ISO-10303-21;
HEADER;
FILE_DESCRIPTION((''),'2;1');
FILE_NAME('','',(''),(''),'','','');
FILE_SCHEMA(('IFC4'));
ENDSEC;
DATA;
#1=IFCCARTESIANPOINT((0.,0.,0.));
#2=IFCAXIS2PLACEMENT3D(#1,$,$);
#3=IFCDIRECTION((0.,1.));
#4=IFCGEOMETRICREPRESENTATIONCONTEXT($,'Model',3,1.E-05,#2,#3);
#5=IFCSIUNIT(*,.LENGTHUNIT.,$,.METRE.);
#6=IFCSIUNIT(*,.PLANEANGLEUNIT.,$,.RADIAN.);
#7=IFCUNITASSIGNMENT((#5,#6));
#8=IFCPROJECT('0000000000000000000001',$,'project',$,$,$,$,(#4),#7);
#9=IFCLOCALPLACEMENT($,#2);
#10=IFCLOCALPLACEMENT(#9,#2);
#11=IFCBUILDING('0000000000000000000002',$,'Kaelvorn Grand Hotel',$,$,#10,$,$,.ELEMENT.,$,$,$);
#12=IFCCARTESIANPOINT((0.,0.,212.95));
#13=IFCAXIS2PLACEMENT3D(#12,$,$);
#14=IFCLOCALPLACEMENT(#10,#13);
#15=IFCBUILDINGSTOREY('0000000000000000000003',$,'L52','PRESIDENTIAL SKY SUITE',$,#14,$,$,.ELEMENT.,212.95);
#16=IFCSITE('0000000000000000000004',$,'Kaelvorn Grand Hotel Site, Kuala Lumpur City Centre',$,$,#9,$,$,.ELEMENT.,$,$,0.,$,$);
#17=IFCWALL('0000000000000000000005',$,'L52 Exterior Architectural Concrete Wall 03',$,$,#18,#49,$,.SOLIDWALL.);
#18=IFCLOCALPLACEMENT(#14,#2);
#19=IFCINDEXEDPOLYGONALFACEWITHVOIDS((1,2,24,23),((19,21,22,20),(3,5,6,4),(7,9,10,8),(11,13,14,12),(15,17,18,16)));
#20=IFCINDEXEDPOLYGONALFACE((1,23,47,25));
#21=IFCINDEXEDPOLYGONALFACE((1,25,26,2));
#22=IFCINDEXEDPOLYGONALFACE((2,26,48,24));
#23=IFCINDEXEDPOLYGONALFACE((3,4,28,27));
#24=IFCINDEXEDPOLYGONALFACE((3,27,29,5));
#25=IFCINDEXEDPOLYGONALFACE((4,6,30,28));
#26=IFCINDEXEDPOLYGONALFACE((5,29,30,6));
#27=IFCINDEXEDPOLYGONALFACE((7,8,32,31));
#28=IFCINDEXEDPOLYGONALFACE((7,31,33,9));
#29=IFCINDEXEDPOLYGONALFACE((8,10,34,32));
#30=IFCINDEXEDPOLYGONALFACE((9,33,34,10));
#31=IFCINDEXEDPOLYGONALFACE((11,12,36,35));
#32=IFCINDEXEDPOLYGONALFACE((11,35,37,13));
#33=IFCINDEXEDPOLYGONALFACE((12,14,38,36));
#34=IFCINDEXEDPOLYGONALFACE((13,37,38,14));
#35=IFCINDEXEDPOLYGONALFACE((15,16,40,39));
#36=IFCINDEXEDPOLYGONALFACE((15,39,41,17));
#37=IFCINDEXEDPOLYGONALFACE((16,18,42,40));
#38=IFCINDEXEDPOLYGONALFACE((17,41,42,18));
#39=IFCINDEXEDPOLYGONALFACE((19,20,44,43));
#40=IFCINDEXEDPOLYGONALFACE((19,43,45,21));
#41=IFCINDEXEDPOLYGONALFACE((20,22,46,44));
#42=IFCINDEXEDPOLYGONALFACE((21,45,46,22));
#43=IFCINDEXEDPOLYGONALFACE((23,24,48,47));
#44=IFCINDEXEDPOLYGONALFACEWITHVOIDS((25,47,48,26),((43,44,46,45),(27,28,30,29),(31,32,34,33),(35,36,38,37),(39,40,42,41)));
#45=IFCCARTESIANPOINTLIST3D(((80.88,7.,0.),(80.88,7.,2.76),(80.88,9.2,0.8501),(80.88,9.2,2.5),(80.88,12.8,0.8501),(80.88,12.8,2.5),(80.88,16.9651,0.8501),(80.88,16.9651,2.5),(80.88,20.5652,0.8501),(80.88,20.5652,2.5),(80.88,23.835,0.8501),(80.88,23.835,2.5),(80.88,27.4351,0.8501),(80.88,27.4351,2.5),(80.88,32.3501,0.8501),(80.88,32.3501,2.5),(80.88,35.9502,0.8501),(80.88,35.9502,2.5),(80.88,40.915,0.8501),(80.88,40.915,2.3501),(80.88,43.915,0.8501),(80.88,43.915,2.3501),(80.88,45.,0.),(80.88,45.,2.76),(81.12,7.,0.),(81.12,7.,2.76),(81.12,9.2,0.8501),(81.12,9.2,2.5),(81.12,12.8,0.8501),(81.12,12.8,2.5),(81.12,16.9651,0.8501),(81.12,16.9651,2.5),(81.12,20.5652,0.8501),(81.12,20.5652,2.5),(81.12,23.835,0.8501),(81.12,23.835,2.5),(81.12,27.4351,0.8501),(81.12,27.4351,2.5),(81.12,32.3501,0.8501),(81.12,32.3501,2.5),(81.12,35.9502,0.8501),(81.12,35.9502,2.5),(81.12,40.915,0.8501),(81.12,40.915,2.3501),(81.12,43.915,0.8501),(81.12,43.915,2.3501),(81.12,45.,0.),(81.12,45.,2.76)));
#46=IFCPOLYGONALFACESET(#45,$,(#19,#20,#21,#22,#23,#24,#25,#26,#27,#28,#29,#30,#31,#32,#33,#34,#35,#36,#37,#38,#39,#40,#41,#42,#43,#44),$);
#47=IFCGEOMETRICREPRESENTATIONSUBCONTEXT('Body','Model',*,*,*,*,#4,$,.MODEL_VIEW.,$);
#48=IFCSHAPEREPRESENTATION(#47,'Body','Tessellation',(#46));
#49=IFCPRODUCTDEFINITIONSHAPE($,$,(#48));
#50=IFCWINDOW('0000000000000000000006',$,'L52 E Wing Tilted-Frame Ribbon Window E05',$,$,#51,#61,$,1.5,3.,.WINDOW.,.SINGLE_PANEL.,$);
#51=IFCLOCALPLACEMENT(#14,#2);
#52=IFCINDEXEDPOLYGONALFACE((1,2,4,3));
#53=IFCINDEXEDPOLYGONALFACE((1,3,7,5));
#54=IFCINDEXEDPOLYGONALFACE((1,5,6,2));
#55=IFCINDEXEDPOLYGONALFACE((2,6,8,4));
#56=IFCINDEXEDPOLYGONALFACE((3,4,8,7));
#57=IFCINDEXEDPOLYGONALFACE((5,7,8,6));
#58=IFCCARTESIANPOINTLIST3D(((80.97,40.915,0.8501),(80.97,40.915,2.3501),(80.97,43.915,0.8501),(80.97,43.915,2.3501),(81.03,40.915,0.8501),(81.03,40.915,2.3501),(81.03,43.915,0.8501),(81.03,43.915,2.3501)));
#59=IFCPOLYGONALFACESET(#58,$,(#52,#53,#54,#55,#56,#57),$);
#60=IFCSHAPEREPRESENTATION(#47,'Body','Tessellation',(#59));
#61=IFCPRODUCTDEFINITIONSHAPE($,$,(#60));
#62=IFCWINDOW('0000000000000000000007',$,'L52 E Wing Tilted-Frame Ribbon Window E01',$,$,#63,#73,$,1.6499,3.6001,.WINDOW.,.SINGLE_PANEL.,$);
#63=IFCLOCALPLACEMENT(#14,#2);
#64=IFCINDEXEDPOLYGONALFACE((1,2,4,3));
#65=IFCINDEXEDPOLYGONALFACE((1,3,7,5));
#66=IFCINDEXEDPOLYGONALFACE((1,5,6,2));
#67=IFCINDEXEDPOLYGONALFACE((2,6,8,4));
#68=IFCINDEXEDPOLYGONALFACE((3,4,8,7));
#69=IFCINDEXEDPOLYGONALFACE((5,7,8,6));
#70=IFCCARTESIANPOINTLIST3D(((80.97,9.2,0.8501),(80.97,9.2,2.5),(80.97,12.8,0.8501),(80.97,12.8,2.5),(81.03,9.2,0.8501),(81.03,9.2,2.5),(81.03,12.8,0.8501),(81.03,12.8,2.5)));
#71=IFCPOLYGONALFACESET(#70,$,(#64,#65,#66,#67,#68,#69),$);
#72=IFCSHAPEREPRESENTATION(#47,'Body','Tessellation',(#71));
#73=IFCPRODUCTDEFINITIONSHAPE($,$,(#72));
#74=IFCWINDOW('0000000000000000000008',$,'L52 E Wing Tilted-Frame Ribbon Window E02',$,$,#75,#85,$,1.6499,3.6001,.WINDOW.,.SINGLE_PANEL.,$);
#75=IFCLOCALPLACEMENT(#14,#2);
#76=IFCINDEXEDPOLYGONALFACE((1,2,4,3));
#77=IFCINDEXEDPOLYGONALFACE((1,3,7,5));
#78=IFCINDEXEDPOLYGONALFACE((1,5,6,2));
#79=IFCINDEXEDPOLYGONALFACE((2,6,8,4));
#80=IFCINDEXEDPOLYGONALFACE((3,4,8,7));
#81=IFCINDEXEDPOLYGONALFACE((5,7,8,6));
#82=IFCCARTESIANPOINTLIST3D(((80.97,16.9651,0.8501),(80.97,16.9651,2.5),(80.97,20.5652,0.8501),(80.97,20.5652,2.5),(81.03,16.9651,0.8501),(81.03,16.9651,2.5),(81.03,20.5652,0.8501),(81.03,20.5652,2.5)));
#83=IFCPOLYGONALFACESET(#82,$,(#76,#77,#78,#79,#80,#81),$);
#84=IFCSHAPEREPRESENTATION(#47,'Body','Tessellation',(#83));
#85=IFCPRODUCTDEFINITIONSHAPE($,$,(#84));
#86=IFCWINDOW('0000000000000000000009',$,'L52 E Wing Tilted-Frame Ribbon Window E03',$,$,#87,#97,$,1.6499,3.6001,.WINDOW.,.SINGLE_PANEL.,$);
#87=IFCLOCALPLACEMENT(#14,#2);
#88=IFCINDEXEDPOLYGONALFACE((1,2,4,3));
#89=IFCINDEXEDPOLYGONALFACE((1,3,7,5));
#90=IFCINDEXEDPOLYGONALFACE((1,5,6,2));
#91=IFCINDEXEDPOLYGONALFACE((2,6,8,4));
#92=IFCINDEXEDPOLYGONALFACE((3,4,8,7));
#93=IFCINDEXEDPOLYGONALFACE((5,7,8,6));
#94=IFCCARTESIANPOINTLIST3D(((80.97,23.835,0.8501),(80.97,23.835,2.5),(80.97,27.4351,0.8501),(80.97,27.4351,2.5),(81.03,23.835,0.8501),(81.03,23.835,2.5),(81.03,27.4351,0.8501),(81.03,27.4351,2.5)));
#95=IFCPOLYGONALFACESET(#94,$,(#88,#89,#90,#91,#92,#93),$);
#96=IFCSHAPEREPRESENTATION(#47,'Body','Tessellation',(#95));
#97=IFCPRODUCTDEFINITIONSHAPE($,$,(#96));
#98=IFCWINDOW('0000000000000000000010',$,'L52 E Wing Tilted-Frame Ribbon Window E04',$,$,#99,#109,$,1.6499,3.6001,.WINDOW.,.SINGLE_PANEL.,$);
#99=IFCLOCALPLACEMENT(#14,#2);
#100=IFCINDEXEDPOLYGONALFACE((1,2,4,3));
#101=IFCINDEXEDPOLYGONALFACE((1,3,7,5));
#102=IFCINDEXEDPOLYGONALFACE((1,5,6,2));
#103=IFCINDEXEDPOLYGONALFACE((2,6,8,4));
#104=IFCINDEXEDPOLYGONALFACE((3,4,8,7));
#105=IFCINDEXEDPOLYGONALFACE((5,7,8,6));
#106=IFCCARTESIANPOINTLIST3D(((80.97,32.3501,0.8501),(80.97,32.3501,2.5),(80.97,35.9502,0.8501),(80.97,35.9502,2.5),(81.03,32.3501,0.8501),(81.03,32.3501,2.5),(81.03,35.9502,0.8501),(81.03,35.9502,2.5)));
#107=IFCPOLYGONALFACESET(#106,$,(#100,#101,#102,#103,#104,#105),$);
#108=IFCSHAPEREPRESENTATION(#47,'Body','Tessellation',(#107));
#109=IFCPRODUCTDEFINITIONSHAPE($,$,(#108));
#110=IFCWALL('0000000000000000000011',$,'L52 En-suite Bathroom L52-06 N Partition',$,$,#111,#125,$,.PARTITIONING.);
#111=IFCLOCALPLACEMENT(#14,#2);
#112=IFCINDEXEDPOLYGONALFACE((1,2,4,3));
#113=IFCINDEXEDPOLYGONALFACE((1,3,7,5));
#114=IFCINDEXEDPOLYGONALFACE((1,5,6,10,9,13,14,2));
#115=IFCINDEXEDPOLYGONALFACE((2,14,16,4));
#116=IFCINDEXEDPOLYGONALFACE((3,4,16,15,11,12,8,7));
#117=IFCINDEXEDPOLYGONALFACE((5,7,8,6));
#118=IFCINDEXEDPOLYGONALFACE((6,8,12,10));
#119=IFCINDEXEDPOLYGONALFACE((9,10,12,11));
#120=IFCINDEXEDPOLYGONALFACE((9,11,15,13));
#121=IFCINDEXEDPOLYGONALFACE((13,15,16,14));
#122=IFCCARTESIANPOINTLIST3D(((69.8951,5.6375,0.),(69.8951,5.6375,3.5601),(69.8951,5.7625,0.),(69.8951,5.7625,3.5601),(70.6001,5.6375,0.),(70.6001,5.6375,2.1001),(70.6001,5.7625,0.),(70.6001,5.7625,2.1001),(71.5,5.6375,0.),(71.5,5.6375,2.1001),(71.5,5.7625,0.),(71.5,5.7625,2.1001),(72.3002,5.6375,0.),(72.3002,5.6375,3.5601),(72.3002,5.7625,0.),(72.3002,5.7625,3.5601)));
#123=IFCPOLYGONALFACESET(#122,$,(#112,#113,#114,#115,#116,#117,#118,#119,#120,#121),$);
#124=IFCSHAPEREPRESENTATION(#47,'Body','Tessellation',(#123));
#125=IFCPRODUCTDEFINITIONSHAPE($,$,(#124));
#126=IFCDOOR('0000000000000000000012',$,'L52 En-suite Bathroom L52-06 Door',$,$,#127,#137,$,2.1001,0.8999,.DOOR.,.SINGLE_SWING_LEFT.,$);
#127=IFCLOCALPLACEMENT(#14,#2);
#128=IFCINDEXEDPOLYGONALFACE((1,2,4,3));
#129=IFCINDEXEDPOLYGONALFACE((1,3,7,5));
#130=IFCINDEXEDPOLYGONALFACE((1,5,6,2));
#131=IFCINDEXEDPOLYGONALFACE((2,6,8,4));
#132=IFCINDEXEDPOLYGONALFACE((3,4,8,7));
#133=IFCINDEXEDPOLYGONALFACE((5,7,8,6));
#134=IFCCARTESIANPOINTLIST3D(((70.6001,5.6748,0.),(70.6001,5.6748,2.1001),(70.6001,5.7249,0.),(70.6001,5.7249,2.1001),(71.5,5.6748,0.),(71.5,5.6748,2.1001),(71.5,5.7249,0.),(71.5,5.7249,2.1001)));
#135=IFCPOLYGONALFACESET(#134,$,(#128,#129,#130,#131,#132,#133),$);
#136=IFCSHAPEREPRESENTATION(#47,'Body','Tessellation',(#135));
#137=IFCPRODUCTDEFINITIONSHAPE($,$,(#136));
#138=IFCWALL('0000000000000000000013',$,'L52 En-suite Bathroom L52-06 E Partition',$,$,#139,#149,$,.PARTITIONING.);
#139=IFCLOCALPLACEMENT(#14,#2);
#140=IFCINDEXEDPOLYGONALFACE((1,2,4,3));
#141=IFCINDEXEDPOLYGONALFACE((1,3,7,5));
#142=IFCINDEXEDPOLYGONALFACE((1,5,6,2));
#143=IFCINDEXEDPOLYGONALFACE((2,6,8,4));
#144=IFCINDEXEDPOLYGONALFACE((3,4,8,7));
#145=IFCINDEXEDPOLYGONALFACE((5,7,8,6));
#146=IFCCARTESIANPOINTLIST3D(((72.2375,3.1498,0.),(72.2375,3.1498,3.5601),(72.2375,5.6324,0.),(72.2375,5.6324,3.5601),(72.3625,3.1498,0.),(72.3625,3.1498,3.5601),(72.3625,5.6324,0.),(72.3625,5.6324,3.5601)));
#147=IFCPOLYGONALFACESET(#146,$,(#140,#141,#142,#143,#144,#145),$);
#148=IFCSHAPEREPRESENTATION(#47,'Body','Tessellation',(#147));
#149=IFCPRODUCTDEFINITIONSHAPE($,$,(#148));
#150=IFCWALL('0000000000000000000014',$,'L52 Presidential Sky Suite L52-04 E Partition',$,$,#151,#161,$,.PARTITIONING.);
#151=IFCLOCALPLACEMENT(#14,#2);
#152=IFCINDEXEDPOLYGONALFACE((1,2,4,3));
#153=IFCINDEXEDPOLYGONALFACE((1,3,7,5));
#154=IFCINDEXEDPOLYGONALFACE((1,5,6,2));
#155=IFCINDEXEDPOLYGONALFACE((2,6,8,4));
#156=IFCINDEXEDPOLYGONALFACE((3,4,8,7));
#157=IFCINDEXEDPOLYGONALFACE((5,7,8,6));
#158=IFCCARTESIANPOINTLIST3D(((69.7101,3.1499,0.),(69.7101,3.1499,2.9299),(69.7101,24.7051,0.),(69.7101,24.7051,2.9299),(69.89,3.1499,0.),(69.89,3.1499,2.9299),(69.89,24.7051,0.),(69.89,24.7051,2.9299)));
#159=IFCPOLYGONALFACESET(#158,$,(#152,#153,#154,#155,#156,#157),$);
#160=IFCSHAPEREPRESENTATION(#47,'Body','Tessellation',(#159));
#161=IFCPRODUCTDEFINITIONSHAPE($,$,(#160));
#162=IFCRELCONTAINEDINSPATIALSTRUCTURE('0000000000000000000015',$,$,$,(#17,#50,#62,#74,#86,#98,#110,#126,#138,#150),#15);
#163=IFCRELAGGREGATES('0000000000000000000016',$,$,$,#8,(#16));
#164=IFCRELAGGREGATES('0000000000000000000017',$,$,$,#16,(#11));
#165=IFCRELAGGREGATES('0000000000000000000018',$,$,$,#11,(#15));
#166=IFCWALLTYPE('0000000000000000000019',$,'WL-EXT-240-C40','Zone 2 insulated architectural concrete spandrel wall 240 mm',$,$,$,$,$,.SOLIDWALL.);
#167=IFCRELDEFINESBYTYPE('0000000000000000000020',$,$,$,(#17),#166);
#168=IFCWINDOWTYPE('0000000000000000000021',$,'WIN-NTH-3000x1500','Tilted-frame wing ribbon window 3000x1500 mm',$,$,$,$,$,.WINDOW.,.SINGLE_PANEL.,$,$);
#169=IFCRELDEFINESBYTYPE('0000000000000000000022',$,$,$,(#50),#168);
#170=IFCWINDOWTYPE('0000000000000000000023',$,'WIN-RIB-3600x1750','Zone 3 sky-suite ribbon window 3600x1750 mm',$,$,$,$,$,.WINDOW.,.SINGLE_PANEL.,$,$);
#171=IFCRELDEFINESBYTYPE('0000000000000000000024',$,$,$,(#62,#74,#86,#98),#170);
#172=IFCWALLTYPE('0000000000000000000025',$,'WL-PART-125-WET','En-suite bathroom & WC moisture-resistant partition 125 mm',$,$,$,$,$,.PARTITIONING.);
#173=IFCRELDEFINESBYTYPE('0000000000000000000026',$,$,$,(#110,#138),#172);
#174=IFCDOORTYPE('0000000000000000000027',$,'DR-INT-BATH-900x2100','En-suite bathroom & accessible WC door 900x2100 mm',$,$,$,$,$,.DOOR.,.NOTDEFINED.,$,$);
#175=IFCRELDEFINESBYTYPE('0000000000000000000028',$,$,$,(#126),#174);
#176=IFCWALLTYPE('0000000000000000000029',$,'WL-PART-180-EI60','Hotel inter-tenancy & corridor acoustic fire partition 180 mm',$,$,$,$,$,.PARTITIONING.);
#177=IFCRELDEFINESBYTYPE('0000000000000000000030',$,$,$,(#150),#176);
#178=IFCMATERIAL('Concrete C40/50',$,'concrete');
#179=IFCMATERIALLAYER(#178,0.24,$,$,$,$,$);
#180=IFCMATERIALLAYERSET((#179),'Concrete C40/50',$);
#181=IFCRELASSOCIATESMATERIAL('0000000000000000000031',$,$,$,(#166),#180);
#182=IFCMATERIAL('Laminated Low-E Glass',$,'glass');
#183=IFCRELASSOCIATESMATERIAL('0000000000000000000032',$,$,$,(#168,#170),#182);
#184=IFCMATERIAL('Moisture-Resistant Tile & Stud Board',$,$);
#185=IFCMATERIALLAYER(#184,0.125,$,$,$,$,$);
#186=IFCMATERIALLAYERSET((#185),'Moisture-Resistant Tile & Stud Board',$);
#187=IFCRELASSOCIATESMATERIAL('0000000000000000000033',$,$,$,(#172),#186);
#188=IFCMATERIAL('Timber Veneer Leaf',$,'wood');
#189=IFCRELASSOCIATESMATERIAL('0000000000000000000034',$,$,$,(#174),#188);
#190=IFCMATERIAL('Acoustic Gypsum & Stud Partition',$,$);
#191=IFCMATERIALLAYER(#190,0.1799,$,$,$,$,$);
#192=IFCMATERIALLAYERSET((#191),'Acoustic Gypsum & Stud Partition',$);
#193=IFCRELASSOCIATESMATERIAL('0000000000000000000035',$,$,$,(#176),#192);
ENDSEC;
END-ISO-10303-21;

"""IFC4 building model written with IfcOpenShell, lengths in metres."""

from ifc_helpers import new_model, si_unit, direction, frame, frame_2d, origin, place, context, subcontext, project, spatial, rectangle, extrude, material, layer, layer_set, type_object, element, fill, save


model = new_model("IFC4")

# Units and contexts
model_context = context("Model", 3, precision=1e-05, world=origin(), true_north=direction((0.0, 1.0)))
body_context = subcontext(model_context, "Body", "Model", "MODEL_VIEW")
ifc_project = project(units=[si_unit("LENGTHUNIT", "METRE"), si_unit("PLANEANGLEUNIT", "RADIAN")], contexts=[model_context])

# Site, building, storey
site_placement = place(None, origin())
site = spatial("IfcSite", under=ifc_project, at=site_placement, Name="Kaelvorn Grand Hotel Site, Kuala Lumpur City Centre", CompositionType="ELEMENT", RefElevation=0.0)
building_placement = place(site_placement, origin())
building = spatial("IfcBuilding", under=site, at=building_placement, Name="Kaelvorn Grand Hotel", CompositionType="ELEMENT")
storey_placement = place(building_placement, frame((0.0, 0.0, 212.95)))
storey = spatial("IfcBuildingStorey", under=building, at=storey_placement, Name="L52", Description="PRESIDENTIAL SKY SUITE", CompositionType="ELEMENT", Elevation=212.95)

# Shared definitions
ifc_material_1 = material(Name="Concrete C40/50", Category="concrete")

# Shared definitions
ifc_layer_1 = layer(ifc_material_1, 0.24)
ifc_layer_set_1 = layer_set([ifc_layer_1], Name="Concrete C40/50")
wall_type_1 = type_object("IfcWallType", Name="WL-EXT-240-C40", Description="Zone 2 insulated architectural concrete spandrel wall 240 mm", PredefinedType="SOLIDWALL", material=ifc_layer_set_1)
ifc_material_2 = material(Name="Laminated Low-E Glass", Category="glass")

# Wall, openings, windows
wall_1_placement = place(storey_placement, frame((81.0, 7.0, 0.0), z_axis=(0.0, 0.0, 1.0), x_axis=(0.0, 1.0, 0.0)))
wall_1 = element("IfcWall", 1, at=wall_1_placement, inside=storey, type_object=wall_type_1, Name="L52 Exterior Architectural Concrete Wall 03", PredefinedType="SOLIDWALL", context=body_context, shape_type="SweptSolid", body=[
    extrude(rectangle(XDim=38.0, YDim=0.24, at=frame_2d((19.0, 0.0))), origin(), (0.0, 0.0, 1.0), 2.76),
])
opening_1_placement = place(wall_1_placement, frame((2.2, 0.0, 0.8501)))
opening_1 = element("IfcOpeningElement", 2, at=opening_1_placement, cuts=wall_1, PredefinedType="OPENING", context=body_context, shape_type="SweptSolid", body=[
    extrude(rectangle(XDim=3.6001, YDim=1.6499, at=frame_2d((1.8, 0.825))), frame((0.0, 0.1299, 0.0), z_axis=(0.0, -1.0, 0.0), x_axis=(1.0, 0.0, 0.0)), (0.0, 0.0, 1.0), 0.26),
])
opening_2_placement = place(wall_1_placement, frame((9.9651, 0.0, 0.8501)))
opening_2 = element("IfcOpeningElement", 3, at=opening_2_placement, cuts=wall_1, PredefinedType="OPENING", context=body_context, shape_type="SweptSolid", body=[
    extrude(rectangle(XDim=3.6001, YDim=1.6499, at=frame_2d((1.8, 0.825))), frame((0.0, 0.1299, 0.0), z_axis=(0.0, -1.0, 0.0), x_axis=(1.0, 0.0, 0.0)), (0.0, 0.0, 1.0), 0.26),
])
opening_3_placement = place(wall_1_placement, frame((16.835, 0.0, 0.8501)))
opening_3 = element("IfcOpeningElement", 4, at=opening_3_placement, cuts=wall_1, PredefinedType="OPENING", context=body_context, shape_type="SweptSolid", body=[
    extrude(rectangle(XDim=3.6001, YDim=1.6499, at=frame_2d((1.8, 0.825))), frame((0.0, 0.1299, 0.0), z_axis=(0.0, -1.0, 0.0), x_axis=(1.0, 0.0, 0.0)), (0.0, 0.0, 1.0), 0.26),
])
opening_4_placement = place(wall_1_placement, frame((25.3501, 0.0, 0.8501)))
opening_4 = element("IfcOpeningElement", 5, at=opening_4_placement, cuts=wall_1, PredefinedType="OPENING", context=body_context, shape_type="SweptSolid", body=[
    extrude(rectangle(XDim=3.6001, YDim=1.6499, at=frame_2d((1.8, 0.825))), frame((0.0, 0.1299, 0.0), z_axis=(0.0, -1.0, 0.0), x_axis=(1.0, 0.0, 0.0)), (0.0, 0.0, 1.0), 0.26),
])
opening_5_placement = place(wall_1_placement, frame((33.915, 0.0, 0.8501)))
opening_5 = element("IfcOpeningElement", 6, at=opening_5_placement, cuts=wall_1, PredefinedType="OPENING", context=body_context, shape_type="SweptSolid", body=[
    extrude(rectangle(XDim=3.0, YDim=1.5, at=frame_2d((1.5, 0.75))), frame((0.0, 0.1299, 0.0), z_axis=(0.0, -1.0, 0.0), x_axis=(1.0, 0.0, 0.0)), (0.0, 0.0, 1.0), 0.26),
])
window_type_1 = type_object("IfcWindowType", Name="WIN-NTH-3000x1500", Description="Tilted-frame wing ribbon window 3000x1500 mm", PartitioningType="SINGLE_PANEL", PredefinedType="WINDOW", material=ifc_material_2)
window_1_placement = place(opening_5_placement, origin())
window_1 = element("IfcWindow", 7, at=window_1_placement, inside=storey, type_object=window_type_1, Name="L52 E Wing Tilted-Frame Ribbon Window E05", OverallHeight=1.5, OverallWidth=3.0, PartitioningType="SINGLE_PANEL", PredefinedType="WINDOW", context=body_context, shape_type="SweptSolid", body=[
    extrude(rectangle(XDim=3.0, YDim=1.5, at=frame_2d((1.5, 0.75))), frame((0.0, 0.03, 0.0), z_axis=(0.0, -1.0, 0.0), x_axis=(1.0, 0.0, 0.0)), (0.0, 0.0, 1.0), 0.0601),
])
fill(opening_5, window_1)
window_type_2 = type_object("IfcWindowType", Name="WIN-RIB-3600x1750", Description="Zone 3 sky-suite ribbon window 3600x1750 mm", PartitioningType="SINGLE_PANEL", PredefinedType="WINDOW", material=ifc_material_2)
window_2_placement = place(opening_1_placement, origin())
window_2 = element("IfcWindow", 8, at=window_2_placement, inside=storey, type_object=window_type_2, Name="L52 E Wing Tilted-Frame Ribbon Window E01", OverallHeight=1.6499, OverallWidth=3.6001, PartitioningType="SINGLE_PANEL", PredefinedType="WINDOW", context=body_context, shape_type="SweptSolid", body=[
    extrude(rectangle(XDim=3.6001, YDim=1.6499, at=frame_2d((1.8, 0.825))), frame((0.0, 0.03, 0.0), z_axis=(0.0, -1.0, 0.0), x_axis=(1.0, 0.0, 0.0)), (0.0, 0.0, 1.0), 0.0601),
])
fill(opening_1, window_2)
window_3_placement = place(opening_2_placement, origin())
window_3 = element("IfcWindow", 9, at=window_3_placement, inside=storey, type_object=window_type_2, Name="L52 E Wing Tilted-Frame Ribbon Window E02", OverallHeight=1.6499, OverallWidth=3.6001, PartitioningType="SINGLE_PANEL", PredefinedType="WINDOW", context=body_context, shape_type="SweptSolid", body=[
    extrude(rectangle(XDim=3.6001, YDim=1.6499, at=frame_2d((1.8, 0.825))), frame((0.0, 0.03, 0.0), z_axis=(0.0, -1.0, 0.0), x_axis=(1.0, 0.0, 0.0)), (0.0, 0.0, 1.0), 0.0601),
])
fill(opening_2, window_3)
window_4_placement = place(opening_3_placement, origin())
window_4 = element("IfcWindow", 10, at=window_4_placement, inside=storey, type_object=window_type_2, Name="L52 E Wing Tilted-Frame Ribbon Window E03", OverallHeight=1.6499, OverallWidth=3.6001, PartitioningType="SINGLE_PANEL", PredefinedType="WINDOW", context=body_context, shape_type="SweptSolid", body=[
    extrude(rectangle(XDim=3.6001, YDim=1.6499, at=frame_2d((1.8, 0.825))), frame((0.0, 0.03, 0.0), z_axis=(0.0, -1.0, 0.0), x_axis=(1.0, 0.0, 0.0)), (0.0, 0.0, 1.0), 0.0601),
])
fill(opening_3, window_4)
window_5_placement = place(opening_4_placement, origin())
window_5 = element("IfcWindow", 11, at=window_5_placement, inside=storey, type_object=window_type_2, Name="L52 E Wing Tilted-Frame Ribbon Window E04", OverallHeight=1.6499, OverallWidth=3.6001, PartitioningType="SINGLE_PANEL", PredefinedType="WINDOW", context=body_context, shape_type="SweptSolid", body=[
    extrude(rectangle(XDim=3.6001, YDim=1.6499, at=frame_2d((1.8, 0.825))), frame((0.0, 0.03, 0.0), z_axis=(0.0, -1.0, 0.0), x_axis=(1.0, 0.0, 0.0)), (0.0, 0.0, 1.0), 0.0601),
])
fill(opening_4, window_5)

# Wall, opening, door
ifc_material_3 = material(Name="Moisture-Resistant Tile & Stud Board")
ifc_layer_2 = layer(ifc_material_3, 0.125)
ifc_layer_set_2 = layer_set([ifc_layer_2], Name="Moisture-Resistant Tile & Stud Board")
wall_type_2 = type_object("IfcWallType", Name="WL-PART-125-WET", Description="En-suite bathroom & WC moisture-resistant partition 125 mm", PredefinedType="PARTITIONING", material=ifc_layer_set_2)
wall_2_placement = place(storey_placement, frame((69.895, 5.7, 0.0), z_axis=(0.0, 0.0, 1.0), x_axis=(1.0, 0.0, 0.0)))
wall_2 = element("IfcWall", 12, at=wall_2_placement, inside=storey, type_object=wall_type_2, Name="L52 En-suite Bathroom L52-06 N Partition", PredefinedType="PARTITIONING", context=body_context, shape_type="SweptSolid", body=[
    extrude(rectangle(XDim=2.405, YDim=0.125, at=frame_2d((1.2026, 0.0))), origin(), (0.0, 0.0, 1.0), 3.5601),
])
opening_6_placement = place(wall_2_placement, frame((0.7051, 0.0, 0.0)))
opening_6 = element("IfcOpeningElement", 13, at=opening_6_placement, cuts=wall_2, PredefinedType="OPENING", context=body_context, shape_type="SweptSolid", body=[
    extrude(rectangle(XDim=0.8999, YDim=2.1001, at=frame_2d((0.45, 1.05))), frame((0.0, 0.0725, 0.0), z_axis=(0.0, -1.0, 0.0), x_axis=(1.0, 0.0, 0.0)), (0.0, 0.0, 1.0), 0.145),
])
ifc_material_4 = material(Name="Timber Veneer Leaf", Category="wood")
door_type = type_object("IfcDoorType", Name="DR-INT-BATH-900x2100", Description="En-suite bathroom & accessible WC door 900x2100 mm", OperationType="NOTDEFINED", PredefinedType="DOOR", material=ifc_material_4)
door_placement = place(opening_6_placement, origin())
door = element("IfcDoor", 14, at=door_placement, inside=storey, type_object=door_type, Name="L52 En-suite Bathroom L52-06 Door", OperationType="SINGLE_SWING_LEFT", OverallHeight=2.1001, OverallWidth=0.8999, PredefinedType="DOOR", context=body_context, shape_type="SweptSolid", body=[
    extrude(rectangle(XDim=0.8999, YDim=2.1001, at=frame_2d((0.45, 1.05))), frame((0.0, 0.0249, 0.0), z_axis=(0.0, -1.0, 0.0), x_axis=(1.0, 0.0, 0.0)), (0.0, 0.0, 1.0), 0.05),
])
fill(opening_6, door)

# Walls
wall_3_placement = place(storey_placement, frame((72.3, 3.1499, 0.0), z_axis=(0.0, 0.0, 1.0), x_axis=(0.0, 1.0, 0.0)))
element("IfcWall", 15, at=wall_3_placement, inside=storey, type_object=wall_type_2, Name="L52 En-suite Bathroom L52-06 E Partition", PredefinedType="PARTITIONING", context=body_context, shape_type="SweptSolid", body=[
    extrude(rectangle(XDim=2.4827, YDim=0.125, at=frame_2d((1.2412, 0.0))), origin(), (0.0, 0.0, 1.0), 3.5601),
])
ifc_material_5 = material(Name="Acoustic Gypsum & Stud Partition")
ifc_layer_3 = layer(ifc_material_5, 0.1799)
ifc_layer_set_3 = layer_set([ifc_layer_3], Name="Acoustic Gypsum & Stud Partition")
wall_type_3 = type_object("IfcWallType", Name="WL-PART-180-EI60", Description="Hotel inter-tenancy & corridor acoustic fire partition 180 mm", PredefinedType="PARTITIONING", material=ifc_layer_set_3)
wall_4_placement = place(storey_placement, frame((69.8, 3.1499, 0.0), z_axis=(0.0, 0.0, 1.0), x_axis=(0.0, 1.0, 0.0)))
element("IfcWall", 16, at=wall_4_placement, inside=storey, type_object=wall_type_3, Name="L52 Presidential Sky Suite L52-04 E Partition", PredefinedType="PARTITIONING", context=body_context, shape_type="SweptSolid", body=[
    extrude(rectangle(XDim=21.5552, YDim=0.1799, at=frame_2d((10.7776, 0.0))), origin(), (0.0, 0.0, 1.0), 2.9299),
])

save(model, "model.ifc")
